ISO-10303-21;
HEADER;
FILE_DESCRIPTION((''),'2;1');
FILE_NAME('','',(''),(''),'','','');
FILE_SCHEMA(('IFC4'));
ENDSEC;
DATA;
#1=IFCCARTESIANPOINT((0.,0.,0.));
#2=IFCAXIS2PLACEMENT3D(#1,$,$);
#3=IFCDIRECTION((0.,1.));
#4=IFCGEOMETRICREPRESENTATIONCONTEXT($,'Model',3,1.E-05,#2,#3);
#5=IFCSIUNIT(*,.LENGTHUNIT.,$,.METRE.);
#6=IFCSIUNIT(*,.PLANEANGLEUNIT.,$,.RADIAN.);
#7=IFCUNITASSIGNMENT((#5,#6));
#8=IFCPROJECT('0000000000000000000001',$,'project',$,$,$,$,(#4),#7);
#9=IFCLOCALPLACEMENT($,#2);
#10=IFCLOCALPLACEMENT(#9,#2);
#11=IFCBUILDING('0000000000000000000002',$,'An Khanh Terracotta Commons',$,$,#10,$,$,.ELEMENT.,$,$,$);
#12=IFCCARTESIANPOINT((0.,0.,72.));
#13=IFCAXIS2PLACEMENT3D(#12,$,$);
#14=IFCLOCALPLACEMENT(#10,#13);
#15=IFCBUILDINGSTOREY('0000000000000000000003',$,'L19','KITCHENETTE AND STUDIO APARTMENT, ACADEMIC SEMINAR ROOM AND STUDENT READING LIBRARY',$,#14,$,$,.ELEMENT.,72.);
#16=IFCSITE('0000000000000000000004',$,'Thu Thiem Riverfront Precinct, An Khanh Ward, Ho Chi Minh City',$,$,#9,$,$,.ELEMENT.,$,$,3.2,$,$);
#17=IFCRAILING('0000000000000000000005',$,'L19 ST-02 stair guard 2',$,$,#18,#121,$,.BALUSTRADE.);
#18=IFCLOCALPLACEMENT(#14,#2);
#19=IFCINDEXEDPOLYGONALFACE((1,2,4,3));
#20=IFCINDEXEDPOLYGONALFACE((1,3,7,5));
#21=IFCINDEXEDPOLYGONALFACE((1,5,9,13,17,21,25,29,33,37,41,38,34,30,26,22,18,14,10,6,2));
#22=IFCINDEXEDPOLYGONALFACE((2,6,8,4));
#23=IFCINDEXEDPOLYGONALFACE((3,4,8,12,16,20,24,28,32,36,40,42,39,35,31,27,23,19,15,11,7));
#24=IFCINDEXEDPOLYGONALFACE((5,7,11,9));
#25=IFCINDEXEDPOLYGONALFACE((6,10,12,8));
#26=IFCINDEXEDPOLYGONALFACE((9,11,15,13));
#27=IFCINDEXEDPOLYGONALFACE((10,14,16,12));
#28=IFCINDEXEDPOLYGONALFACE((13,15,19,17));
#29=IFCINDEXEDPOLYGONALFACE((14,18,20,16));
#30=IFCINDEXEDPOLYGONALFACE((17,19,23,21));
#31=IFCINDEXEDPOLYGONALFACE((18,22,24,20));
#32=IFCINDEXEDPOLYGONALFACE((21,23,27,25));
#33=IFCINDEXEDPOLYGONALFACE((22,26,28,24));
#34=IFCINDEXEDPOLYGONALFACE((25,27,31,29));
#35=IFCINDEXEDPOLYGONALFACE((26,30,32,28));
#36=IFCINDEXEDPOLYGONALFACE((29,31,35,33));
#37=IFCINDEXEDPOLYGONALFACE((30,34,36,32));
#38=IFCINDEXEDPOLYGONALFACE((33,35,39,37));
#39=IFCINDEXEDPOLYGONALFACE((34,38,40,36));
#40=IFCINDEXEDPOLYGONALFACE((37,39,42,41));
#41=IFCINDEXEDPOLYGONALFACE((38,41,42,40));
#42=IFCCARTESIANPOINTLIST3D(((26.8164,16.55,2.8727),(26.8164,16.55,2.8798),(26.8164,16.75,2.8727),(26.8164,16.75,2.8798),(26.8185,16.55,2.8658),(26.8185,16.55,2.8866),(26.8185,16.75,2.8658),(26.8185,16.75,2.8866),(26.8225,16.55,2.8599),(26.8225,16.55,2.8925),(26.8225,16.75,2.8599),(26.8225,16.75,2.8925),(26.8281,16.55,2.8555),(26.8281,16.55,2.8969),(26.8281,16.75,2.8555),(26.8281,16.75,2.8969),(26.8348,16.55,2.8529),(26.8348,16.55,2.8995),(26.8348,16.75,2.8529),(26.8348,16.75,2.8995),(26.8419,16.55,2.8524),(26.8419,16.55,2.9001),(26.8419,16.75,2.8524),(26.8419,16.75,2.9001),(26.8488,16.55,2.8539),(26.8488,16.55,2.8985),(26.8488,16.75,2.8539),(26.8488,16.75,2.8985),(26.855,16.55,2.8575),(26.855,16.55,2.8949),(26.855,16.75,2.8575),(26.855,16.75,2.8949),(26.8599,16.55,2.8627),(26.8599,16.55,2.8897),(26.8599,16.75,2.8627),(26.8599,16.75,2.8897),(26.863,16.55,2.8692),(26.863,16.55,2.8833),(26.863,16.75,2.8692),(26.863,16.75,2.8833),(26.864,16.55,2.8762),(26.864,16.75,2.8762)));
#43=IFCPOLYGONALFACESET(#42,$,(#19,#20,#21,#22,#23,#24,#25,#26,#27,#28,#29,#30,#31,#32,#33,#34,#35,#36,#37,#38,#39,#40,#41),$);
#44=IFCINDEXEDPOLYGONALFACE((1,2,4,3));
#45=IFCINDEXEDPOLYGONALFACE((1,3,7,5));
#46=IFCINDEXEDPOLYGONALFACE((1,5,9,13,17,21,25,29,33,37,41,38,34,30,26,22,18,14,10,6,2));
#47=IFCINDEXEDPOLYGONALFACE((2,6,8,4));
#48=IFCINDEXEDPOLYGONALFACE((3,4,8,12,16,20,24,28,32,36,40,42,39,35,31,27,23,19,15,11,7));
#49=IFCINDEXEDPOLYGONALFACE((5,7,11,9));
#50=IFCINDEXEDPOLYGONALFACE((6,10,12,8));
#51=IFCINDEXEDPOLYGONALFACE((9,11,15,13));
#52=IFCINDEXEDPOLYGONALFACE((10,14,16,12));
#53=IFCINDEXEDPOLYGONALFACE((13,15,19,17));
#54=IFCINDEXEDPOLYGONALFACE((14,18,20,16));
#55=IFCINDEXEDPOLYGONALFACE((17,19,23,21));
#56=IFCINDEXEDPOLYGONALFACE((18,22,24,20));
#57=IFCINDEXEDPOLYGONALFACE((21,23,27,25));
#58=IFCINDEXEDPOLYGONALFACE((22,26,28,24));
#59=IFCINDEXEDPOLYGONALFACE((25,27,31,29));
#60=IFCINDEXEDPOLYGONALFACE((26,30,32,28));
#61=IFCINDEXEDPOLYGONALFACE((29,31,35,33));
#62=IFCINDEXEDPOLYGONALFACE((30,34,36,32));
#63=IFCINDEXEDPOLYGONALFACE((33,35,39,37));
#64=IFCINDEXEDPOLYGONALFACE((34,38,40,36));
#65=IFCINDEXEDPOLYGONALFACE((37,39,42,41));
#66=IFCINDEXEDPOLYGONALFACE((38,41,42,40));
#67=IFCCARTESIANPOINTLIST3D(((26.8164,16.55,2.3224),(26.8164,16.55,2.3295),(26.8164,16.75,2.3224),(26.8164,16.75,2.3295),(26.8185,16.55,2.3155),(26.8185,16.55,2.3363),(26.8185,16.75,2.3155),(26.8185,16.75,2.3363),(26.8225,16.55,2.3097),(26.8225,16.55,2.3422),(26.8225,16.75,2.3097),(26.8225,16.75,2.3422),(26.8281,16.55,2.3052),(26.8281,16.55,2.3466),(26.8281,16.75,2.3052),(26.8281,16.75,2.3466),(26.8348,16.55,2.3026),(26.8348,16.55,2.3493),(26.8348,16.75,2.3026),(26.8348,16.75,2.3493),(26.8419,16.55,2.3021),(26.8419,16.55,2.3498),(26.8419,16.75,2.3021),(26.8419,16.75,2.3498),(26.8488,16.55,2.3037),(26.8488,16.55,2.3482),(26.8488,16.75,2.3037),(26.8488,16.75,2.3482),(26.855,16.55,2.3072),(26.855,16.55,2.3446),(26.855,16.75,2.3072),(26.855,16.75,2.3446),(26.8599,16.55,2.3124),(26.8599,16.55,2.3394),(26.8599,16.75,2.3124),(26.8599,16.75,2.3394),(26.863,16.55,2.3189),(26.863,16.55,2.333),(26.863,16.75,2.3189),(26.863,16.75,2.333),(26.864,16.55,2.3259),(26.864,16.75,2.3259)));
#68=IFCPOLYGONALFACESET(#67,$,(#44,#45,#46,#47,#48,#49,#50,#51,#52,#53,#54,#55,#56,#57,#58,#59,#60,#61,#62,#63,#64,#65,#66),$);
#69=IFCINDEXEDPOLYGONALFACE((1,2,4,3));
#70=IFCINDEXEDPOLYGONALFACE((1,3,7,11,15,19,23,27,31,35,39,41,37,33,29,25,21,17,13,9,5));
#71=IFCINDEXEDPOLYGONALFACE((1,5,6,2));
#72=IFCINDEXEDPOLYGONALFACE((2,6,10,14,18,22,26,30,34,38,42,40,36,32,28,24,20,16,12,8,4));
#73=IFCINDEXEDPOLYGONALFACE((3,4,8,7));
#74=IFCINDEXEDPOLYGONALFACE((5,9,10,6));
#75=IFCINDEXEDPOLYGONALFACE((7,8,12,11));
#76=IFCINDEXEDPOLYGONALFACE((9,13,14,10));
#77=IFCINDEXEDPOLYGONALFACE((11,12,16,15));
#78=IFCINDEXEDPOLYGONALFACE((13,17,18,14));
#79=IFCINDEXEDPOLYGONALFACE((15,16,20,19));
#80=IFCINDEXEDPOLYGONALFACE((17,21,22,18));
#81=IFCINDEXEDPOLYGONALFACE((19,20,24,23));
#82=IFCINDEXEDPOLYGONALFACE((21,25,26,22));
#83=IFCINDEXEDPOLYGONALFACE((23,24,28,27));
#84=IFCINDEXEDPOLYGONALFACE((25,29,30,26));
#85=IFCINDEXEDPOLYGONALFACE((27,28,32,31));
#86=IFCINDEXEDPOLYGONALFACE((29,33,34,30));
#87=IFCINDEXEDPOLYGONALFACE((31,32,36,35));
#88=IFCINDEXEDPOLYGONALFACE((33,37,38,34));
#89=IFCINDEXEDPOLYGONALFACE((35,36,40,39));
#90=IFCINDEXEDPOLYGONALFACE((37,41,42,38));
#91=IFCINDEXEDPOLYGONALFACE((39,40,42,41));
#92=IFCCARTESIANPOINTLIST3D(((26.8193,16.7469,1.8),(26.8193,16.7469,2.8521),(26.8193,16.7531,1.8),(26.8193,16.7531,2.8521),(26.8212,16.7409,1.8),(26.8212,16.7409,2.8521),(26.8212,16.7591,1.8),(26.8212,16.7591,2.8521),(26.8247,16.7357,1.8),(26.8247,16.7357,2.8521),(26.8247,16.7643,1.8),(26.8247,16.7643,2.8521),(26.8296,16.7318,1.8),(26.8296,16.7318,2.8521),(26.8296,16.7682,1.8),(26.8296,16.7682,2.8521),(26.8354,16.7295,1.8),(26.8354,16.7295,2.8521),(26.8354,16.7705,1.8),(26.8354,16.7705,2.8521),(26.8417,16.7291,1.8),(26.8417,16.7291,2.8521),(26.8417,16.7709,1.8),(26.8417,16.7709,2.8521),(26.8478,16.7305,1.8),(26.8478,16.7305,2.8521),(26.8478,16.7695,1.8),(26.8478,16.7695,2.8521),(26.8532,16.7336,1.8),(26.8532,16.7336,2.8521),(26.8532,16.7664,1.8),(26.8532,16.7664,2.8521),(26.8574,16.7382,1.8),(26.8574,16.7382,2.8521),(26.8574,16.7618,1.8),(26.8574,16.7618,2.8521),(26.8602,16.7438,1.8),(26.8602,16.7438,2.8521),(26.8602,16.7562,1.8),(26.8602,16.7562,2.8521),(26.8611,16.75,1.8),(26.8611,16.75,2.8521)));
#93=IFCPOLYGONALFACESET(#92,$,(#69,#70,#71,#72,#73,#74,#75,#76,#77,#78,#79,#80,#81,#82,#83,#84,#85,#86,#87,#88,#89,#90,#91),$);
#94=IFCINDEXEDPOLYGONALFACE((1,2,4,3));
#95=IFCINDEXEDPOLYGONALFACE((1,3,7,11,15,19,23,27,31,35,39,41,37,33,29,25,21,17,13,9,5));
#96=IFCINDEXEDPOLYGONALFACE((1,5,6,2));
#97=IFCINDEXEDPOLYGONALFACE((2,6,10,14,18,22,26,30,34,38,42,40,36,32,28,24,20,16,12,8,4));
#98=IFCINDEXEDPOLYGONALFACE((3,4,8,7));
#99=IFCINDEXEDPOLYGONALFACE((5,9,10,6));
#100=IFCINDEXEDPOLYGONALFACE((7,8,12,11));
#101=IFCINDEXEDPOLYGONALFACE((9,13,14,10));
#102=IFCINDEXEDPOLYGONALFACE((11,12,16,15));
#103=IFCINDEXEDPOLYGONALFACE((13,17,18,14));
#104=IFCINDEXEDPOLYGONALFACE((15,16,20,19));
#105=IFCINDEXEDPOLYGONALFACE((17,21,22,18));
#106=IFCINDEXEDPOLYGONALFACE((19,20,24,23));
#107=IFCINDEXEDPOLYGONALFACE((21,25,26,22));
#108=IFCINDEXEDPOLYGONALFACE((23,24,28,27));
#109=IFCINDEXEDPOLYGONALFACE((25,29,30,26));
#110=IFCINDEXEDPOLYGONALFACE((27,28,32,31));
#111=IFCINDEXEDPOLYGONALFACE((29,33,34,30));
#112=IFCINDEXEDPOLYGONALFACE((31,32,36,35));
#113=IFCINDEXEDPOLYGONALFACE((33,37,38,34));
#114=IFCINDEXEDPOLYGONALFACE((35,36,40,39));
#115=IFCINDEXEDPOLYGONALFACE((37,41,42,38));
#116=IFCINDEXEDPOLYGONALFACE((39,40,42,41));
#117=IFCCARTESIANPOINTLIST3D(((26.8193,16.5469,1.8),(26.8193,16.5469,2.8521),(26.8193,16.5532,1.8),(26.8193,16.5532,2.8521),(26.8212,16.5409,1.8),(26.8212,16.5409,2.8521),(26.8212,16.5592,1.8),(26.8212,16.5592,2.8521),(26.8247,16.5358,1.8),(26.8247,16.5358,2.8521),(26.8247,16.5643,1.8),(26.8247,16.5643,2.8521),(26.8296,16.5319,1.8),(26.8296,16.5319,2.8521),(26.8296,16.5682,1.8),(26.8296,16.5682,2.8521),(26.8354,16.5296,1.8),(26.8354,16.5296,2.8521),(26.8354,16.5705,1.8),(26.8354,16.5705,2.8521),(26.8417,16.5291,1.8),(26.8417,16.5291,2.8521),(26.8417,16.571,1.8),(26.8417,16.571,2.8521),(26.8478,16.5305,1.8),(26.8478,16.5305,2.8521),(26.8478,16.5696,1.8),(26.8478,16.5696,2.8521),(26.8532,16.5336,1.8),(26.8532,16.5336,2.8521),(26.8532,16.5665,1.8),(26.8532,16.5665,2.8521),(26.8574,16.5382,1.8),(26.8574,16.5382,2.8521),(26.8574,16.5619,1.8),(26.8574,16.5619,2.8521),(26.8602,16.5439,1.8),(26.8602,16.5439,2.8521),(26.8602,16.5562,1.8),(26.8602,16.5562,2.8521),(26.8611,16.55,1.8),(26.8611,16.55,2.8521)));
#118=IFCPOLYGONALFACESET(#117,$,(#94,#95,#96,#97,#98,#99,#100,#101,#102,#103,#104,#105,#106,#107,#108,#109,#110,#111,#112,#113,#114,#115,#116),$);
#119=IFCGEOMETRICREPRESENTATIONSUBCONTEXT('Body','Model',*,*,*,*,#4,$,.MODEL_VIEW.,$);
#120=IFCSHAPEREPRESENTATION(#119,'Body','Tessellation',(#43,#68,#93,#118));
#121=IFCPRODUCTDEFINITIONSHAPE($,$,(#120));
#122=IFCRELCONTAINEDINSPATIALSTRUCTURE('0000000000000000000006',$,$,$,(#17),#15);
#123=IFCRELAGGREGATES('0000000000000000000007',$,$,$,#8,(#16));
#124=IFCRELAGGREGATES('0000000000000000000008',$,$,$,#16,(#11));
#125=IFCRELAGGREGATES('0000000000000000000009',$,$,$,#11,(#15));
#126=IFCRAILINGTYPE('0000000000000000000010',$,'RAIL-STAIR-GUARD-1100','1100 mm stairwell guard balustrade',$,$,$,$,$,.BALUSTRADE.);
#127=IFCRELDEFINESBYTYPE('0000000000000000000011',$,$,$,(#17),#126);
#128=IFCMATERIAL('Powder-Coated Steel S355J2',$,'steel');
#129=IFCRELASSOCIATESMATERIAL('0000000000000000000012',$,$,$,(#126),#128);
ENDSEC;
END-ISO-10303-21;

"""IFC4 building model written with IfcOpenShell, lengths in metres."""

from ifc_helpers import new_model, si_unit, direction, frame, origin, origin_2d, place, context, subcontext, project, spatial, circle, extrude, material, type_object, element, save


model = new_model("IFC4")

# Units and contexts
model_context = context("Model", 3, precision=1e-05, world=origin(), true_north=direction((0.0, 1.0)))
body_context = subcontext(model_context, "Body", "Model", "MODEL_VIEW")
ifc_project = project(units=[si_unit("LENGTHUNIT", "METRE"), si_unit("PLANEANGLEUNIT", "RADIAN")], contexts=[model_context])

# Site, building, storey
site_placement = place(None, origin())
site = spatial("IfcSite", under=ifc_project, at=site_placement, Name="Thu Thiem Riverfront Precinct, An Khanh Ward, Ho Chi Minh City", CompositionType="ELEMENT", RefElevation=3.2)
building_placement = place(site_placement, origin())
building = spatial("IfcBuilding", under=site, at=building_placement, Name="An Khanh Terracotta Commons", CompositionType="ELEMENT")
storey_placement = place(building_placement, frame((0.0, 0.0, 72.0)))
storey = spatial("IfcBuildingStorey", under=building, at=storey_placement, Name="L19", Description="KITCHENETTE AND STUDIO APARTMENT, ACADEMIC SEMINAR ROOM AND STUDENT READING LIBRARY", CompositionType="ELEMENT", Elevation=72.0)

# Railing
ifc_material_1 = material(Name="Powder-Coated Steel S355J2", Category="steel")
railing_type_1 = type_object("IfcRailingType", Name="RAIL-STAIR-GUARD-1100", Description="1100 mm stairwell guard balustrade", PredefinedType="BALUSTRADE", material=ifc_material_1)
railing_1_placement = place(storey_placement, frame((26.8401, 16.75, 1.8)))
element("IfcRailing", 1, at=railing_1_placement, inside=storey, type_object=railing_type_1, Name="L19 ST-02 stair guard 2", PredefinedType="BALUSTRADE", context=body_context, shape_type="SweptSolid", body=[
    extrude(circle(Radius=0.0239, at=origin_2d()), frame((0.0, 0.0, 1.0762), z_axis=(0.0, -1.0, 0.0), x_axis=(1.0, 0.0, 0.0)), (0.0, 0.0, 1.0), 0.2),
    extrude(circle(Radius=0.0239, at=origin_2d()), frame((0.0, 0.0, 0.5259), z_axis=(0.0, -1.0, 0.0), x_axis=(1.0, 0.0, 0.0)), (0.0, 0.0, 1.0), 0.2),
    extrude(circle(Radius=0.021, at=origin_2d()), origin(), (0.0, 0.0, 1.0), 1.052),
    extrude(circle(Radius=0.021, at=origin_2d()), frame((0.0, -0.2, 0.0)), (0.0, 0.0, 1.0), 1.052),
])

save(model, "model.ifc")
